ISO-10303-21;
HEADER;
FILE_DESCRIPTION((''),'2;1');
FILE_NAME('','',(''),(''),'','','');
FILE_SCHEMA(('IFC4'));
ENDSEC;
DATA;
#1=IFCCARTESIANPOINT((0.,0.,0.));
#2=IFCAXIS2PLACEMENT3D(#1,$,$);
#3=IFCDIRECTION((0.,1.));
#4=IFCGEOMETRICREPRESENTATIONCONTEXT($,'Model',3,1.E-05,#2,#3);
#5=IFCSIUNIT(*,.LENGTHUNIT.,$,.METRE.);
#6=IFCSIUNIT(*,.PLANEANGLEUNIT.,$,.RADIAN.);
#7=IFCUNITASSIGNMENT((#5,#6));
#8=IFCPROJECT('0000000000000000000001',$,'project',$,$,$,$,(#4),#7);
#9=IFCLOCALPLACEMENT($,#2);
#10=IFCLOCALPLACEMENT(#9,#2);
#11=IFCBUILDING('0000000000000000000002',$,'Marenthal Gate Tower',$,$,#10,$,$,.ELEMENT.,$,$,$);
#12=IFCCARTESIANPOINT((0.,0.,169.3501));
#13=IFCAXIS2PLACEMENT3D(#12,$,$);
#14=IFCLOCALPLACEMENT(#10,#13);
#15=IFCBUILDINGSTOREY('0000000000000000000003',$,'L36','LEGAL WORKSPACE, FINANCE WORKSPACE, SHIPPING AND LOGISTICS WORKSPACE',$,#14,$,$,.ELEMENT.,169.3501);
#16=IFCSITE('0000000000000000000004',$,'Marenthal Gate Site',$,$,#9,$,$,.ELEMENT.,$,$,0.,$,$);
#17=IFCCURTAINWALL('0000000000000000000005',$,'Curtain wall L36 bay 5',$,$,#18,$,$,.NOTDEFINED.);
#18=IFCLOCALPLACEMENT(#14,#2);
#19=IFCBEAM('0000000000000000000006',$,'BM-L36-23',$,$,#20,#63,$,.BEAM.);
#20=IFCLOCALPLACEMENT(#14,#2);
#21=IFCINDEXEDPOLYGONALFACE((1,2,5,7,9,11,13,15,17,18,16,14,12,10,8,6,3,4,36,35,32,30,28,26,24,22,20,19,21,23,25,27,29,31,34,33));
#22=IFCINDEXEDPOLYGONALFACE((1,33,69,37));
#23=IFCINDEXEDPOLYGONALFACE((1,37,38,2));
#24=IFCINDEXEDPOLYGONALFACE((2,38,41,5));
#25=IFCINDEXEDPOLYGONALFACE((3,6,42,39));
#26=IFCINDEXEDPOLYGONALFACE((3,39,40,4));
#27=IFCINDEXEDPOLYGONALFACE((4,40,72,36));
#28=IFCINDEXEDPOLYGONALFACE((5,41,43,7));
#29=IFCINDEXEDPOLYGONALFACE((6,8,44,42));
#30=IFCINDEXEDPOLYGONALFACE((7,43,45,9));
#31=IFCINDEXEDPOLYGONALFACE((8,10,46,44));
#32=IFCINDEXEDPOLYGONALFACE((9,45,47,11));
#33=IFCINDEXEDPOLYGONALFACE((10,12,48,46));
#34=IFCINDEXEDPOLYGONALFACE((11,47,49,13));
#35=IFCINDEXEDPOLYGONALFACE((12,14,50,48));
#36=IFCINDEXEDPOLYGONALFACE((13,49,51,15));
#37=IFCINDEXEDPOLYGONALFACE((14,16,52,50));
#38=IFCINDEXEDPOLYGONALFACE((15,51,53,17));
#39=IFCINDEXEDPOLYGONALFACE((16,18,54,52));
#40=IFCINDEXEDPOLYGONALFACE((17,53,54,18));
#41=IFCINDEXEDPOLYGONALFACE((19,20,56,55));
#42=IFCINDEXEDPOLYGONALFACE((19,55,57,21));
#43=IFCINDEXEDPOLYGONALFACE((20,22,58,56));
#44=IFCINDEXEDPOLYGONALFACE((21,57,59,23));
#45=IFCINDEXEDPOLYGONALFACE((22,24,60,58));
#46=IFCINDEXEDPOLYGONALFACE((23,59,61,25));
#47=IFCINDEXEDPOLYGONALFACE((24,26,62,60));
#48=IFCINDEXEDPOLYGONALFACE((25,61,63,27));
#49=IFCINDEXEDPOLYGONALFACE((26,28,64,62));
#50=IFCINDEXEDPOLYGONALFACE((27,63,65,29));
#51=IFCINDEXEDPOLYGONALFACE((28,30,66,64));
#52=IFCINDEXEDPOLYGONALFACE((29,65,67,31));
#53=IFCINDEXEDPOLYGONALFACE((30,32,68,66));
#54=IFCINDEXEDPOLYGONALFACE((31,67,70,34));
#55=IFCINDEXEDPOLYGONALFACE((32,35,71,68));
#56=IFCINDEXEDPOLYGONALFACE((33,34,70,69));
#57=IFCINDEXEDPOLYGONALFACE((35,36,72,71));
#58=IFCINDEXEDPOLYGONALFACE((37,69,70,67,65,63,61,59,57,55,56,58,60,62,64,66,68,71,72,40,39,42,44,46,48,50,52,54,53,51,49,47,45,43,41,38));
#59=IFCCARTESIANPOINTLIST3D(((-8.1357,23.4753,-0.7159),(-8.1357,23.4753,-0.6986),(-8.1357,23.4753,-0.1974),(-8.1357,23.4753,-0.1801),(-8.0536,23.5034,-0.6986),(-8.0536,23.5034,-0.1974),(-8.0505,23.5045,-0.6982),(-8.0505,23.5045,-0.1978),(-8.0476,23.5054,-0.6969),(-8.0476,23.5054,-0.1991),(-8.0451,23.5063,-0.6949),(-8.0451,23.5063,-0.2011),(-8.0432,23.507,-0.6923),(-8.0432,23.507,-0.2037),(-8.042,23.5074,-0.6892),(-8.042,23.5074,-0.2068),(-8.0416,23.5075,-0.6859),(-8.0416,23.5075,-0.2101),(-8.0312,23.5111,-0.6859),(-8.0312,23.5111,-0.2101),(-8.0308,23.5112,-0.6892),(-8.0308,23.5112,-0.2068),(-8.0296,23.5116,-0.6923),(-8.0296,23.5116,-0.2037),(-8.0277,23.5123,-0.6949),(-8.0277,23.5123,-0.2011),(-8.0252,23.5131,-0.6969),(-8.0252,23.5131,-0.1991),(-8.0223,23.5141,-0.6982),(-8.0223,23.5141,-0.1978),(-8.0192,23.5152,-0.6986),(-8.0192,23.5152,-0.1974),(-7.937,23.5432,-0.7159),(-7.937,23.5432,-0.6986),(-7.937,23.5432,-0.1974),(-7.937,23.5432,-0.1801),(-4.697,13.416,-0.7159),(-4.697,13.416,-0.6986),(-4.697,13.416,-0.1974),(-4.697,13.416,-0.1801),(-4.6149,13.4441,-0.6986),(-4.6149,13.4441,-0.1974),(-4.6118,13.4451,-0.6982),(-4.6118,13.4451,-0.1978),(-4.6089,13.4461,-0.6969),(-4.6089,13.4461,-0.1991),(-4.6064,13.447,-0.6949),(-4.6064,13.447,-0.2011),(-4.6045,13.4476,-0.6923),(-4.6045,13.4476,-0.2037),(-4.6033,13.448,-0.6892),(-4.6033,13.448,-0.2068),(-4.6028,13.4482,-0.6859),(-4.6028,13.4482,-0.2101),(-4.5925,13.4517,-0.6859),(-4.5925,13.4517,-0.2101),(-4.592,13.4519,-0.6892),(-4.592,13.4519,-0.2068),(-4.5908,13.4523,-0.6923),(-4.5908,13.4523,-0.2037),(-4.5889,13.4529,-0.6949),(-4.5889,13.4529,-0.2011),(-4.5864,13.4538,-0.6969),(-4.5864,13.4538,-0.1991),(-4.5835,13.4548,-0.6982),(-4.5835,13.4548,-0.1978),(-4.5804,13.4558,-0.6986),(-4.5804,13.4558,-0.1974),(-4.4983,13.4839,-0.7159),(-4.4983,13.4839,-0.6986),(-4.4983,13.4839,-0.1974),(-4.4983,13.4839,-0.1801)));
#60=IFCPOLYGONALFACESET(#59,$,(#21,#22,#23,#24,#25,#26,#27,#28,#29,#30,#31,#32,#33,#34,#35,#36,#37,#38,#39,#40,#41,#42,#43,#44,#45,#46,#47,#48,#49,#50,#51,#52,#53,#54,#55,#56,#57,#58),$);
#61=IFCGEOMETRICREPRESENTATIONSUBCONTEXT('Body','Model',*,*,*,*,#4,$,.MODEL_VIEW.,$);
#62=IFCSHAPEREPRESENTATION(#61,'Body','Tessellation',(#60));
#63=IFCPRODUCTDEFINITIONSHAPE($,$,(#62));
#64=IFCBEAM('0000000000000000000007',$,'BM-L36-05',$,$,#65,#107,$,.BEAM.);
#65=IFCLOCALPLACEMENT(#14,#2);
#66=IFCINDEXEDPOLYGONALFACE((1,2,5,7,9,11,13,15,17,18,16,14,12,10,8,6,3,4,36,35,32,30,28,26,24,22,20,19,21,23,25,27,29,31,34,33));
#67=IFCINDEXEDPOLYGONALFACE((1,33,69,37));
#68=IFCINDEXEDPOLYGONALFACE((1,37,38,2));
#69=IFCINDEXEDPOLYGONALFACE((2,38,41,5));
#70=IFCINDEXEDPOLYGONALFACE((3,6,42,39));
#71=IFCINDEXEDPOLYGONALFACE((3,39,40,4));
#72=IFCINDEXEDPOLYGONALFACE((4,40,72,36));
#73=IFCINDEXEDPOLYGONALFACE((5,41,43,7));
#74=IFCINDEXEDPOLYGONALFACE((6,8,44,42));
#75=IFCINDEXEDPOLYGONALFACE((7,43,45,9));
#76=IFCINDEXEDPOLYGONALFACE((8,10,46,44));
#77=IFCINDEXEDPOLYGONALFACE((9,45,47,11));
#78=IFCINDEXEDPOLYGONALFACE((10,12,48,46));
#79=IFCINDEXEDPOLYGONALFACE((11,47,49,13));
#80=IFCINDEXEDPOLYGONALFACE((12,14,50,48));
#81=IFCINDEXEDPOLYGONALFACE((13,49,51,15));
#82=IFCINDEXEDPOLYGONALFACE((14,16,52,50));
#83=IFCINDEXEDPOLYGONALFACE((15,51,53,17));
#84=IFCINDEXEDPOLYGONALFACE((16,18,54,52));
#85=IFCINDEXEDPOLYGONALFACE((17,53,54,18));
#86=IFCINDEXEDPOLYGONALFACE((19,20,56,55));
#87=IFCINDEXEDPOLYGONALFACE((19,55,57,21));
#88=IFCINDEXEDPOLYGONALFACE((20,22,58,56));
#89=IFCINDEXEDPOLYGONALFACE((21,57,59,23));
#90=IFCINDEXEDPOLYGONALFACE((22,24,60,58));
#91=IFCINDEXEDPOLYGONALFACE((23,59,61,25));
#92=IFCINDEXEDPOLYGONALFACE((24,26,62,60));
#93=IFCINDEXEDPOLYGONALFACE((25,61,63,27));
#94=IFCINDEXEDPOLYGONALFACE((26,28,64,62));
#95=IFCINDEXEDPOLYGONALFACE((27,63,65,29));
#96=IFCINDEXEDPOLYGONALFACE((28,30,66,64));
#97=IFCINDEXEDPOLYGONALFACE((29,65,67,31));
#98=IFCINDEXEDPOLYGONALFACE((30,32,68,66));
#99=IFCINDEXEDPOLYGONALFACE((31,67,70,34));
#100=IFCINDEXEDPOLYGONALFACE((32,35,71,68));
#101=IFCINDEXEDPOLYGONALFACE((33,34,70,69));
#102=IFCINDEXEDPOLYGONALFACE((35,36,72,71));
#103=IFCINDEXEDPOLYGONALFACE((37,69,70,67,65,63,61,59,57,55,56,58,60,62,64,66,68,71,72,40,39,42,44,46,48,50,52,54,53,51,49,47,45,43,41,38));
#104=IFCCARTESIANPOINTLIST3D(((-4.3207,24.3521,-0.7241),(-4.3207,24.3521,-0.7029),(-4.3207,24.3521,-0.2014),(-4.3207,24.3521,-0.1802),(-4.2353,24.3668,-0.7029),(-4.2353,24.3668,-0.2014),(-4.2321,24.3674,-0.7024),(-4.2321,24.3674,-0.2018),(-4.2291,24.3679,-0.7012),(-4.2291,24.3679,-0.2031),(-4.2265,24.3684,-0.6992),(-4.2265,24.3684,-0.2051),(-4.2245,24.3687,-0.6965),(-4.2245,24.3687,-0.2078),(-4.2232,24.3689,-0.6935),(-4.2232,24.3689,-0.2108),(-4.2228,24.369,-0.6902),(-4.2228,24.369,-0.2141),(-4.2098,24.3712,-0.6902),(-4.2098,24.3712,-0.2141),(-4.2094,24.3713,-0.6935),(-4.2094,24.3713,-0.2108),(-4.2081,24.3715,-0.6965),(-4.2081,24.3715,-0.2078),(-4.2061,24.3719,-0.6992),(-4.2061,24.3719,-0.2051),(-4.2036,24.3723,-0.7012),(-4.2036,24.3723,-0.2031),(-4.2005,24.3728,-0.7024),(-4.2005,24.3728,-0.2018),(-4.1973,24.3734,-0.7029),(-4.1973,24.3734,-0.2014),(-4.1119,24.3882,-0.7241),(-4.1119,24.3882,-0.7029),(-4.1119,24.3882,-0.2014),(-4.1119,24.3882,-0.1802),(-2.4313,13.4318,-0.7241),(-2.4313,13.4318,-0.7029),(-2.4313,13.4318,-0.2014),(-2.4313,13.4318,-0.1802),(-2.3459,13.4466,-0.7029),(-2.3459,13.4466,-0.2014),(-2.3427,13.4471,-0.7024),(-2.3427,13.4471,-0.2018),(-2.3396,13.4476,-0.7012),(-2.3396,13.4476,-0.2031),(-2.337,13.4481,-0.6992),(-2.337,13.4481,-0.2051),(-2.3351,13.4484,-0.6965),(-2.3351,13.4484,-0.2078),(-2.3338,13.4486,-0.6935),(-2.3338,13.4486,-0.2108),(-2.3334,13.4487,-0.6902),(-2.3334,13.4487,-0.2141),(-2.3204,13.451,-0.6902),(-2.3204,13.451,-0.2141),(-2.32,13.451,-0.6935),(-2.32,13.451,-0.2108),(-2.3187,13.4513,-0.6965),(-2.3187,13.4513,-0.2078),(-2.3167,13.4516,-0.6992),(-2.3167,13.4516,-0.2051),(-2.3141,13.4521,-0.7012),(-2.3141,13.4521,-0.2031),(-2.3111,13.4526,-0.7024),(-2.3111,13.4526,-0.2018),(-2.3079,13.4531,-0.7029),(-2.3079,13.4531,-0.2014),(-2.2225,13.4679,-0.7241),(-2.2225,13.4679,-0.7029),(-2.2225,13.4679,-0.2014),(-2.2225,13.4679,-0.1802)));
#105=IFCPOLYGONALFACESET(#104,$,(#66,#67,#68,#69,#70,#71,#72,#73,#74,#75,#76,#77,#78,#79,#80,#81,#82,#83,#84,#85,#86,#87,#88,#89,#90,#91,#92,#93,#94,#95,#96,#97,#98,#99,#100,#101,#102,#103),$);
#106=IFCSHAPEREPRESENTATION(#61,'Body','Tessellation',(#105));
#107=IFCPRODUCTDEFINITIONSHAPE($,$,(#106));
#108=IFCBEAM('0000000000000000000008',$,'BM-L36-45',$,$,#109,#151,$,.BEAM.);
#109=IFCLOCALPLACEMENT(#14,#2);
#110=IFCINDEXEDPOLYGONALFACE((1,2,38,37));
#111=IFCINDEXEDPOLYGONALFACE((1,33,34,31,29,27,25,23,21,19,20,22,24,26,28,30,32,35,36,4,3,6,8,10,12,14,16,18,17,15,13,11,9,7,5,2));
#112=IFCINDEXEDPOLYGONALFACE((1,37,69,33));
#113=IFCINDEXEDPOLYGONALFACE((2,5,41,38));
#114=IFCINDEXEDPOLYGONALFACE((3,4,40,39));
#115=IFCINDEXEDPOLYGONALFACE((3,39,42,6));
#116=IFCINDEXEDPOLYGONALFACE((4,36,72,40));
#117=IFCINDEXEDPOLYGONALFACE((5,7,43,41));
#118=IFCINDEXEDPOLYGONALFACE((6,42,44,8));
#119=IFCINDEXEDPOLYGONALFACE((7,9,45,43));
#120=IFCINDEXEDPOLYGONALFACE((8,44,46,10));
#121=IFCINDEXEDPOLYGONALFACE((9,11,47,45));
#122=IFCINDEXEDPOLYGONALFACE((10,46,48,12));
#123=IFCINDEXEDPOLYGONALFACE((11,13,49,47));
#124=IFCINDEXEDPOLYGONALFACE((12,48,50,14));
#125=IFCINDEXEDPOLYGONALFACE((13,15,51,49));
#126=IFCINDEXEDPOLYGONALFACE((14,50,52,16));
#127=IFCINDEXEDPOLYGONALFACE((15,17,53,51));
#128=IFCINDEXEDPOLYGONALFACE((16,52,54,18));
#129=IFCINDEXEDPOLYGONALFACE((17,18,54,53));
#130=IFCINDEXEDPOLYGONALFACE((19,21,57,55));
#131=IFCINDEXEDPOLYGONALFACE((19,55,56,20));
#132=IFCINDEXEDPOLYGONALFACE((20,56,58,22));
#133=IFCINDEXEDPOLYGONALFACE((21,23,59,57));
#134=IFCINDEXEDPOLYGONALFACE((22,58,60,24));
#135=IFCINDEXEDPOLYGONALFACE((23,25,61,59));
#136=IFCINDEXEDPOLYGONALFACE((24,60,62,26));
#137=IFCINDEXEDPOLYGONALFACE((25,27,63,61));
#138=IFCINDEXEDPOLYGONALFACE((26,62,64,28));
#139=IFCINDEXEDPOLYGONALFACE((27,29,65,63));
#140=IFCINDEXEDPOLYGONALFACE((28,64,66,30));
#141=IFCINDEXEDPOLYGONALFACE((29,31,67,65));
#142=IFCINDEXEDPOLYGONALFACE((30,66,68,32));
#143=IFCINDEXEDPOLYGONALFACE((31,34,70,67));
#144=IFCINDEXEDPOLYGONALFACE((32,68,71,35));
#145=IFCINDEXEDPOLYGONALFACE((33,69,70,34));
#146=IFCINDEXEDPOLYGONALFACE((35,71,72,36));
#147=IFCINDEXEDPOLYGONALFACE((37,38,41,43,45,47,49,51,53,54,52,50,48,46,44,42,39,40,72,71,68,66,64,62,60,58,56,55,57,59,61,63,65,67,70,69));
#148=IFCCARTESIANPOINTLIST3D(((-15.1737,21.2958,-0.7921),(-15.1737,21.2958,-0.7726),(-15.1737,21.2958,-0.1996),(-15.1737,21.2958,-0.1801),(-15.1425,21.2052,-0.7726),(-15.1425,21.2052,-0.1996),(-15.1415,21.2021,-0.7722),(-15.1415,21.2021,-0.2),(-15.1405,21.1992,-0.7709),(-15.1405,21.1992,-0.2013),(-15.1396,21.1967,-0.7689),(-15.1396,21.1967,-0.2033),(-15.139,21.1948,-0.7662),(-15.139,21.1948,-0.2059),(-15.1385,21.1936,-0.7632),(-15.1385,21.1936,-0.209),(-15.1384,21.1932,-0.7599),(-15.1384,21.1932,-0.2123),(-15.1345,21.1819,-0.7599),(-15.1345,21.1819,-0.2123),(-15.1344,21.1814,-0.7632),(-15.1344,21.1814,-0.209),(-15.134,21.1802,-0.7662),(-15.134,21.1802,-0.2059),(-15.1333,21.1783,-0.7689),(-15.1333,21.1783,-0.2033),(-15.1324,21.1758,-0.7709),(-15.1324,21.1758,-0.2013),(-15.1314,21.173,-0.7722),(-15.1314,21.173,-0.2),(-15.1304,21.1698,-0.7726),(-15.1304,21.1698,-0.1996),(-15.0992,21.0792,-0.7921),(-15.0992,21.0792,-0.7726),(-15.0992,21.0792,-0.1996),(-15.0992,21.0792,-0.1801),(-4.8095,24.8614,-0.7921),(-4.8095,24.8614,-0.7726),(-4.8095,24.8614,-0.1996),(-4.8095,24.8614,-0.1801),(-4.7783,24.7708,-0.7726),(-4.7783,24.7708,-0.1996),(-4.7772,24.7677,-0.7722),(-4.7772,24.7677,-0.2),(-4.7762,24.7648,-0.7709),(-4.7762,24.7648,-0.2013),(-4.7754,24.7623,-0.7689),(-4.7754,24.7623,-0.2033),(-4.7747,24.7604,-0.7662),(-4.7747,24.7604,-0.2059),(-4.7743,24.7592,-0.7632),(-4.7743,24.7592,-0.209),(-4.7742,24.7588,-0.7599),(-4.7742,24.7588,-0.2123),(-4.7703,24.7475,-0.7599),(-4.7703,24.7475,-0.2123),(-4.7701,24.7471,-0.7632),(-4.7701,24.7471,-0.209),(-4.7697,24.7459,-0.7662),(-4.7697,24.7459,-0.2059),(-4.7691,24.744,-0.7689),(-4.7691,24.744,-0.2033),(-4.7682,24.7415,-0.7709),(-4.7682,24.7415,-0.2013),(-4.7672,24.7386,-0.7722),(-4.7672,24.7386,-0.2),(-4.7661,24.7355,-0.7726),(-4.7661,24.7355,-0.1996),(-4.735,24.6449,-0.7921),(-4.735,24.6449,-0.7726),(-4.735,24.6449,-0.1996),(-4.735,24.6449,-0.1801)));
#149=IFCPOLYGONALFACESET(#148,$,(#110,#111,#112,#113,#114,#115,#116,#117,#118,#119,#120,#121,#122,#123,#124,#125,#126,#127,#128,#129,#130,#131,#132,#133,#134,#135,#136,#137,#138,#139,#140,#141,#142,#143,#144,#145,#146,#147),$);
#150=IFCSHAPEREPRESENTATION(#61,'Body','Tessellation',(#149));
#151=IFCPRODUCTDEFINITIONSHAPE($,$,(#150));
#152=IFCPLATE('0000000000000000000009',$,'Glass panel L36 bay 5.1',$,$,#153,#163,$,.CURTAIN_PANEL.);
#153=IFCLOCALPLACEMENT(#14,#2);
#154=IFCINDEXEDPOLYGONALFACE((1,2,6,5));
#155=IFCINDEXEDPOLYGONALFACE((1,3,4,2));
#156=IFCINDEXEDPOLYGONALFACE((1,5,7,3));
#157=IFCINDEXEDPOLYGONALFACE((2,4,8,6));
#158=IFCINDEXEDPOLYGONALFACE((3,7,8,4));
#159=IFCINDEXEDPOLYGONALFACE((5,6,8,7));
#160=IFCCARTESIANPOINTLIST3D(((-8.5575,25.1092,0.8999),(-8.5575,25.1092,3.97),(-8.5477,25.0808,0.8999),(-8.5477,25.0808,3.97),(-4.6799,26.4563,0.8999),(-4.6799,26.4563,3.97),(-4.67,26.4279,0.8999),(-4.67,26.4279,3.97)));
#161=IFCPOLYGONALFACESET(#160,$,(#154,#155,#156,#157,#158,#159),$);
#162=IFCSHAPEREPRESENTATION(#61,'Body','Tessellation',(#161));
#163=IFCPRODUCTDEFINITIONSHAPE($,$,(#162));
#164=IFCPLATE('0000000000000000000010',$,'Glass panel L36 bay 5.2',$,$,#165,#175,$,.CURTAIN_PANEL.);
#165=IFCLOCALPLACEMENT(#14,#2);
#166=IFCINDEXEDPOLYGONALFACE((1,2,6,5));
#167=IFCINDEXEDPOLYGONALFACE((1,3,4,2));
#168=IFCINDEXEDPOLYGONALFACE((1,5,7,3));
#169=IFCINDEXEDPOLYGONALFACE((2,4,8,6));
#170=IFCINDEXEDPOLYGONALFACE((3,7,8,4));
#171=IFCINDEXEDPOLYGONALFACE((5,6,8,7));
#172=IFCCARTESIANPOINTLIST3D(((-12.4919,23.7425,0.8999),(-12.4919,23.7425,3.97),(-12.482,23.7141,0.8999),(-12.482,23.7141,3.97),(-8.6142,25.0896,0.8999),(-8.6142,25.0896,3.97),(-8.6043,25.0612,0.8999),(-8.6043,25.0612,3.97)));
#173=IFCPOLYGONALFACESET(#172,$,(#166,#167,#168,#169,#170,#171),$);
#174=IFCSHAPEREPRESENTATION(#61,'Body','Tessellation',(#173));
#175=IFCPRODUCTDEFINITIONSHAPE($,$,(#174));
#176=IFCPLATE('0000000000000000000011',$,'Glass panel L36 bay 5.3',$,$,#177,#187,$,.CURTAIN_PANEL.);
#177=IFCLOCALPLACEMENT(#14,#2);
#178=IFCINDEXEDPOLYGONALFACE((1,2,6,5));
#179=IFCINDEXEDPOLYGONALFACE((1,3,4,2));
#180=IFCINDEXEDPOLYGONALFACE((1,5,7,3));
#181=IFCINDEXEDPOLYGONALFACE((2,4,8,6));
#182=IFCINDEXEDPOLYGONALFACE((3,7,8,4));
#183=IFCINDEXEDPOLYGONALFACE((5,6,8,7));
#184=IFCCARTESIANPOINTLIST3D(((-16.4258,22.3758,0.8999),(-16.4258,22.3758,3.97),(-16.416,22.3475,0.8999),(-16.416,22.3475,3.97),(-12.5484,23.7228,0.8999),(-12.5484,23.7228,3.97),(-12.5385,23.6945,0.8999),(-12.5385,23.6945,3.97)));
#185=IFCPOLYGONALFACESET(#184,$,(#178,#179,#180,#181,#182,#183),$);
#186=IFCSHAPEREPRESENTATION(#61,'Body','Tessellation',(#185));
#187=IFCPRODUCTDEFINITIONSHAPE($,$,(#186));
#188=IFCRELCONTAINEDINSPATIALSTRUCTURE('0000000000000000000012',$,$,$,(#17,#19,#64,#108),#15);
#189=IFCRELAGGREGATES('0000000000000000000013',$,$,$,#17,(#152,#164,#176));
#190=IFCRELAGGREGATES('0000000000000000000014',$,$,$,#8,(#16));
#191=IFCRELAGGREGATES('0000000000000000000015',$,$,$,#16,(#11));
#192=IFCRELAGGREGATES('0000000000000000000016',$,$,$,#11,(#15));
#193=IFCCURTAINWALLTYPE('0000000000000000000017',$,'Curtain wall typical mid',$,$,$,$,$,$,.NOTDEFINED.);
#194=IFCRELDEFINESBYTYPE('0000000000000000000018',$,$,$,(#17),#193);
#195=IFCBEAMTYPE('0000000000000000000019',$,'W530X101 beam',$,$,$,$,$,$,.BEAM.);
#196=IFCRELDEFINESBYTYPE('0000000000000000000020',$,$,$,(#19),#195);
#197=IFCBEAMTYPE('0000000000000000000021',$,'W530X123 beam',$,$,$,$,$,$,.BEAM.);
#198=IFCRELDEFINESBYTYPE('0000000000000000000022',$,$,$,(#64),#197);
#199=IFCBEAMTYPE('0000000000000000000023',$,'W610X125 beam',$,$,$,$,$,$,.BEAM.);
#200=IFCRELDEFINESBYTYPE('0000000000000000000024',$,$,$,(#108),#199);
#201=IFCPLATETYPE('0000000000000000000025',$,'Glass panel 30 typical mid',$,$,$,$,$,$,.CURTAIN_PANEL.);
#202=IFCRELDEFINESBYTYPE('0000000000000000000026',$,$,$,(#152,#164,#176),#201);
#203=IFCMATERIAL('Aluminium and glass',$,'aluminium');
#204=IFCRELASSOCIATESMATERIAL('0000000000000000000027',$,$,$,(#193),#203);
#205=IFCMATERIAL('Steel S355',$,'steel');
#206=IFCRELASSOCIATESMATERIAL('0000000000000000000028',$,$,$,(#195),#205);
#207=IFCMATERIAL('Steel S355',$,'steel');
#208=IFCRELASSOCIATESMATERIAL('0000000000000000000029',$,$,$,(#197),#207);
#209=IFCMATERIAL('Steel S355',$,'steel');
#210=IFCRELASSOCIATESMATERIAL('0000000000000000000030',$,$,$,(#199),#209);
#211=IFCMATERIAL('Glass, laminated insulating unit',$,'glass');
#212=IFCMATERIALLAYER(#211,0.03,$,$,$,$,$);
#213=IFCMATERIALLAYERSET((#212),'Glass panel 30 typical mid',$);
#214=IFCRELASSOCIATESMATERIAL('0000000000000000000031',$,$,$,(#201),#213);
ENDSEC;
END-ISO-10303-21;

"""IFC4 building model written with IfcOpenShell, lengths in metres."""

from ifc_helpers import new_model, si_unit, direction, frame, origin, origin_2d, place, context, subcontext, project, spatial, rectangle, i_section, extrude, material, layer, layer_set, material_profile, profile_set, type_object, element, aggregate, save


model = new_model("IFC4")

# Units and contexts
model_context = context("Model", 3, precision=1e-05, world=origin(), true_north=direction((0.0, 1.0)))
body_context = subcontext(model_context, "Body", "Model", "MODEL_VIEW")
ifc_project = project(units=[si_unit("LENGTHUNIT", "METRE"), si_unit("PLANEANGLEUNIT", "RADIAN")], contexts=[model_context])

# Site, building, storey
site_placement = place(None, origin())
site = spatial("IfcSite", under=ifc_project, at=site_placement, Name="Marenthal Gate Site", CompositionType="ELEMENT", RefElevation=0.0)
building_placement = place(site_placement, origin())
building = spatial("IfcBuilding", under=site, at=building_placement, Name="Marenthal Gate Tower", CompositionType="ELEMENT")
storey_placement = place(building_placement, frame((0.0, 0.0, 169.3501)))
storey = spatial("IfcBuildingStorey", under=building, at=storey_placement, Name="L36", Description="LEGAL WORKSPACE, FINANCE WORKSPACE, SHIPPING AND LOGISTICS WORKSPACE", CompositionType="ELEMENT", Elevation=169.3501)

# Curtain wall
ifc_material_1 = material(Name="Aluminium and glass", Category="aluminium")
curtain_wall_type = type_object("IfcCurtainWallType", Name="Curtain wall typical mid", PredefinedType="NOTDEFINED", material=ifc_material_1)
curtain_wall_placement = place(storey_placement, origin())
curtain_wall = element("IfcCurtainWall", 1, at=curtain_wall_placement, inside=storey, type_object=curtain_wall_type, Name="Curtain wall L36 bay 5", PredefinedType="NOTDEFINED")

# Beams
ifc_material_2 = material(Name="Steel S355", Category="steel")
ifc_material_profile_1 = material_profile(ifc_material_2, i_section(OverallWidth=0.21, OverallDepth=0.5359, WebThickness=0.011, FlangeThickness=0.0173, FilletRadius=0.0127, at=origin_2d()), Name="W530X101")
ifc_profile_set_1 = profile_set([ifc_material_profile_1], Name="Steel S355")
beam_type_1 = type_object("IfcBeamType", Name="W530X101 beam", PredefinedType="BEAM", material=ifc_profile_set_1)
beam_1_placement = place(storey_placement, frame((-8.0364, 23.5093, -0.448), z_axis=(0.323466, -0.94624, 0.0), x_axis=(0.94624, 0.323466, 0.0)))
element("IfcBeam", 2, at=beam_1_placement, inside=storey, type_object=beam_type_1, Name="BM-L36-23", PredefinedType="BEAM", context=body_context, shape_type="SweptSolid", body=[
    extrude(i_section(OverallWidth=0.21, OverallDepth=0.5359, WebThickness=0.011, FlangeThickness=0.0173, FilletRadius=0.0127, at=origin_2d()), origin(), (0.0, 0.0, 1.0), 10.6309),
])
ifc_material_3 = material(Name="Steel S355", Category="steel")
ifc_material_profile_2 = material_profile(ifc_material_3, i_section(OverallWidth=0.2119, OverallDepth=0.5439, WebThickness=0.0132, FlangeThickness=0.0212, FilletRadius=0.0127, at=origin_2d()), Name="W530X123")
ifc_profile_set_2 = profile_set([ifc_material_profile_2], Name="Steel S355")
beam_type_2 = type_object("IfcBeamType", Name="W530X123 beam", PredefinedType="BEAM", material=ifc_profile_set_2)
beam_2_placement = place(storey_placement, frame((-4.2163, 24.3701, -0.4521), z_axis=(0.170487, -0.98536, 0.0), x_axis=(0.98536, 0.170487, 0.0)))
element("IfcBeam", 3, at=beam_2_placement, inside=storey, type_object=beam_type_2, Name="BM-L36-05", PredefinedType="BEAM", context=body_context, shape_type="SweptSolid", body=[
    extrude(i_section(OverallWidth=0.2119, OverallDepth=0.5439, WebThickness=0.0132, FlangeThickness=0.0212, FilletRadius=0.0127, at=origin_2d()), origin(), (0.0, 0.0, 1.0), 11.0825),
])
ifc_material_4 = material(Name="Steel S355", Category="steel")
ifc_material_profile_3 = material_profile(ifc_material_4, i_section(OverallWidth=0.229, OverallDepth=0.6121, WebThickness=0.012, FlangeThickness=0.0195, FilletRadius=0.0127, at=origin_2d()), Name="W610X125")
ifc_profile_set_3 = profile_set([ifc_material_profile_3], Name="Steel S355")
beam_type_3 = type_object("IfcBeamType", Name="W610X125 beam", PredefinedType="BEAM", material=ifc_profile_set_3)
beam_3_placement = place(storey_placement, frame((-4.7722, 24.7532, -0.4861), z_axis=(-0.945604, -0.325321, 0.0), x_axis=(0.325321, -0.945604, 0.0)))
element("IfcBeam", 4, at=beam_3_placement, inside=storey, type_object=beam_type_3, Name="BM-L36-45", PredefinedType="BEAM", context=body_context, shape_type="SweptSolid", body=[
    extrude(i_section(OverallWidth=0.229, OverallDepth=0.6121, WebThickness=0.012, FlangeThickness=0.0195, FilletRadius=0.0127, at=origin_2d()), origin(), (0.0, 0.0, 1.0), 10.9604),
])

# Plates
ifc_material_5 = material(Name="Glass, laminated insulating unit", Category="glass")
ifc_layer_1 = layer(ifc_material_5, 0.03)
ifc_layer_set_1 = layer_set([ifc_layer_1], Name="Glass panel 30 typical mid")
plate_type = type_object("IfcPlateType", Name="Glass panel 30 typical mid", PredefinedType="CURTAIN_PANEL", material=ifc_layer_set_1)
plate_1_placement = place(storey_placement, frame((-6.6138, 25.7686, 0.8999), z_axis=(0.0, 0.0, 1.0), x_axis=(-0.944623, -0.328158, 0.0)))
plate_1 = element("IfcPlate", 5, at=plate_1_placement, type_object=plate_type, Name="Glass panel L36 bay 5.1", PredefinedType="CURTAIN_PANEL", context=body_context, shape_type="SweptSolid", body=[
    extrude(rectangle(XDim=4.105, YDim=0.03, at=origin_2d()), origin(), (0.0, 0.0, 1.0), 3.0701),
])
plate_2_placement = place(storey_placement, frame((-10.5481, 24.4019, 0.8999), z_axis=(0.0, 0.0, 1.0), x_axis=(-0.944623, -0.328158, 0.0)))
plate_2 = element("IfcPlate", 6, at=plate_2_placement, type_object=plate_type, Name="Glass panel L36 bay 5.2", PredefinedType="CURTAIN_PANEL", context=body_context, shape_type="SweptSolid", body=[
    extrude(rectangle(XDim=4.105, YDim=0.03, at=origin_2d()), origin(), (0.0, 0.0, 1.0), 3.0701),
])
plate_3_placement = place(storey_placement, frame((-14.4822, 23.0352, 0.8999), z_axis=(0.0, 0.0, 1.0), x_axis=(-0.944623, -0.328158, 0.0)))
plate_3 = element("IfcPlate", 7, at=plate_3_placement, type_object=plate_type, Name="Glass panel L36 bay 5.3", PredefinedType="CURTAIN_PANEL", context=body_context, shape_type="SweptSolid", body=[
    extrude(rectangle(XDim=4.1047, YDim=0.03, at=origin_2d()), origin(), (0.0, 0.0, 1.0), 3.0701),
])
aggregate(curtain_wall, [plate_1, plate_2, plate_3])

save(model, "model.ifc")
